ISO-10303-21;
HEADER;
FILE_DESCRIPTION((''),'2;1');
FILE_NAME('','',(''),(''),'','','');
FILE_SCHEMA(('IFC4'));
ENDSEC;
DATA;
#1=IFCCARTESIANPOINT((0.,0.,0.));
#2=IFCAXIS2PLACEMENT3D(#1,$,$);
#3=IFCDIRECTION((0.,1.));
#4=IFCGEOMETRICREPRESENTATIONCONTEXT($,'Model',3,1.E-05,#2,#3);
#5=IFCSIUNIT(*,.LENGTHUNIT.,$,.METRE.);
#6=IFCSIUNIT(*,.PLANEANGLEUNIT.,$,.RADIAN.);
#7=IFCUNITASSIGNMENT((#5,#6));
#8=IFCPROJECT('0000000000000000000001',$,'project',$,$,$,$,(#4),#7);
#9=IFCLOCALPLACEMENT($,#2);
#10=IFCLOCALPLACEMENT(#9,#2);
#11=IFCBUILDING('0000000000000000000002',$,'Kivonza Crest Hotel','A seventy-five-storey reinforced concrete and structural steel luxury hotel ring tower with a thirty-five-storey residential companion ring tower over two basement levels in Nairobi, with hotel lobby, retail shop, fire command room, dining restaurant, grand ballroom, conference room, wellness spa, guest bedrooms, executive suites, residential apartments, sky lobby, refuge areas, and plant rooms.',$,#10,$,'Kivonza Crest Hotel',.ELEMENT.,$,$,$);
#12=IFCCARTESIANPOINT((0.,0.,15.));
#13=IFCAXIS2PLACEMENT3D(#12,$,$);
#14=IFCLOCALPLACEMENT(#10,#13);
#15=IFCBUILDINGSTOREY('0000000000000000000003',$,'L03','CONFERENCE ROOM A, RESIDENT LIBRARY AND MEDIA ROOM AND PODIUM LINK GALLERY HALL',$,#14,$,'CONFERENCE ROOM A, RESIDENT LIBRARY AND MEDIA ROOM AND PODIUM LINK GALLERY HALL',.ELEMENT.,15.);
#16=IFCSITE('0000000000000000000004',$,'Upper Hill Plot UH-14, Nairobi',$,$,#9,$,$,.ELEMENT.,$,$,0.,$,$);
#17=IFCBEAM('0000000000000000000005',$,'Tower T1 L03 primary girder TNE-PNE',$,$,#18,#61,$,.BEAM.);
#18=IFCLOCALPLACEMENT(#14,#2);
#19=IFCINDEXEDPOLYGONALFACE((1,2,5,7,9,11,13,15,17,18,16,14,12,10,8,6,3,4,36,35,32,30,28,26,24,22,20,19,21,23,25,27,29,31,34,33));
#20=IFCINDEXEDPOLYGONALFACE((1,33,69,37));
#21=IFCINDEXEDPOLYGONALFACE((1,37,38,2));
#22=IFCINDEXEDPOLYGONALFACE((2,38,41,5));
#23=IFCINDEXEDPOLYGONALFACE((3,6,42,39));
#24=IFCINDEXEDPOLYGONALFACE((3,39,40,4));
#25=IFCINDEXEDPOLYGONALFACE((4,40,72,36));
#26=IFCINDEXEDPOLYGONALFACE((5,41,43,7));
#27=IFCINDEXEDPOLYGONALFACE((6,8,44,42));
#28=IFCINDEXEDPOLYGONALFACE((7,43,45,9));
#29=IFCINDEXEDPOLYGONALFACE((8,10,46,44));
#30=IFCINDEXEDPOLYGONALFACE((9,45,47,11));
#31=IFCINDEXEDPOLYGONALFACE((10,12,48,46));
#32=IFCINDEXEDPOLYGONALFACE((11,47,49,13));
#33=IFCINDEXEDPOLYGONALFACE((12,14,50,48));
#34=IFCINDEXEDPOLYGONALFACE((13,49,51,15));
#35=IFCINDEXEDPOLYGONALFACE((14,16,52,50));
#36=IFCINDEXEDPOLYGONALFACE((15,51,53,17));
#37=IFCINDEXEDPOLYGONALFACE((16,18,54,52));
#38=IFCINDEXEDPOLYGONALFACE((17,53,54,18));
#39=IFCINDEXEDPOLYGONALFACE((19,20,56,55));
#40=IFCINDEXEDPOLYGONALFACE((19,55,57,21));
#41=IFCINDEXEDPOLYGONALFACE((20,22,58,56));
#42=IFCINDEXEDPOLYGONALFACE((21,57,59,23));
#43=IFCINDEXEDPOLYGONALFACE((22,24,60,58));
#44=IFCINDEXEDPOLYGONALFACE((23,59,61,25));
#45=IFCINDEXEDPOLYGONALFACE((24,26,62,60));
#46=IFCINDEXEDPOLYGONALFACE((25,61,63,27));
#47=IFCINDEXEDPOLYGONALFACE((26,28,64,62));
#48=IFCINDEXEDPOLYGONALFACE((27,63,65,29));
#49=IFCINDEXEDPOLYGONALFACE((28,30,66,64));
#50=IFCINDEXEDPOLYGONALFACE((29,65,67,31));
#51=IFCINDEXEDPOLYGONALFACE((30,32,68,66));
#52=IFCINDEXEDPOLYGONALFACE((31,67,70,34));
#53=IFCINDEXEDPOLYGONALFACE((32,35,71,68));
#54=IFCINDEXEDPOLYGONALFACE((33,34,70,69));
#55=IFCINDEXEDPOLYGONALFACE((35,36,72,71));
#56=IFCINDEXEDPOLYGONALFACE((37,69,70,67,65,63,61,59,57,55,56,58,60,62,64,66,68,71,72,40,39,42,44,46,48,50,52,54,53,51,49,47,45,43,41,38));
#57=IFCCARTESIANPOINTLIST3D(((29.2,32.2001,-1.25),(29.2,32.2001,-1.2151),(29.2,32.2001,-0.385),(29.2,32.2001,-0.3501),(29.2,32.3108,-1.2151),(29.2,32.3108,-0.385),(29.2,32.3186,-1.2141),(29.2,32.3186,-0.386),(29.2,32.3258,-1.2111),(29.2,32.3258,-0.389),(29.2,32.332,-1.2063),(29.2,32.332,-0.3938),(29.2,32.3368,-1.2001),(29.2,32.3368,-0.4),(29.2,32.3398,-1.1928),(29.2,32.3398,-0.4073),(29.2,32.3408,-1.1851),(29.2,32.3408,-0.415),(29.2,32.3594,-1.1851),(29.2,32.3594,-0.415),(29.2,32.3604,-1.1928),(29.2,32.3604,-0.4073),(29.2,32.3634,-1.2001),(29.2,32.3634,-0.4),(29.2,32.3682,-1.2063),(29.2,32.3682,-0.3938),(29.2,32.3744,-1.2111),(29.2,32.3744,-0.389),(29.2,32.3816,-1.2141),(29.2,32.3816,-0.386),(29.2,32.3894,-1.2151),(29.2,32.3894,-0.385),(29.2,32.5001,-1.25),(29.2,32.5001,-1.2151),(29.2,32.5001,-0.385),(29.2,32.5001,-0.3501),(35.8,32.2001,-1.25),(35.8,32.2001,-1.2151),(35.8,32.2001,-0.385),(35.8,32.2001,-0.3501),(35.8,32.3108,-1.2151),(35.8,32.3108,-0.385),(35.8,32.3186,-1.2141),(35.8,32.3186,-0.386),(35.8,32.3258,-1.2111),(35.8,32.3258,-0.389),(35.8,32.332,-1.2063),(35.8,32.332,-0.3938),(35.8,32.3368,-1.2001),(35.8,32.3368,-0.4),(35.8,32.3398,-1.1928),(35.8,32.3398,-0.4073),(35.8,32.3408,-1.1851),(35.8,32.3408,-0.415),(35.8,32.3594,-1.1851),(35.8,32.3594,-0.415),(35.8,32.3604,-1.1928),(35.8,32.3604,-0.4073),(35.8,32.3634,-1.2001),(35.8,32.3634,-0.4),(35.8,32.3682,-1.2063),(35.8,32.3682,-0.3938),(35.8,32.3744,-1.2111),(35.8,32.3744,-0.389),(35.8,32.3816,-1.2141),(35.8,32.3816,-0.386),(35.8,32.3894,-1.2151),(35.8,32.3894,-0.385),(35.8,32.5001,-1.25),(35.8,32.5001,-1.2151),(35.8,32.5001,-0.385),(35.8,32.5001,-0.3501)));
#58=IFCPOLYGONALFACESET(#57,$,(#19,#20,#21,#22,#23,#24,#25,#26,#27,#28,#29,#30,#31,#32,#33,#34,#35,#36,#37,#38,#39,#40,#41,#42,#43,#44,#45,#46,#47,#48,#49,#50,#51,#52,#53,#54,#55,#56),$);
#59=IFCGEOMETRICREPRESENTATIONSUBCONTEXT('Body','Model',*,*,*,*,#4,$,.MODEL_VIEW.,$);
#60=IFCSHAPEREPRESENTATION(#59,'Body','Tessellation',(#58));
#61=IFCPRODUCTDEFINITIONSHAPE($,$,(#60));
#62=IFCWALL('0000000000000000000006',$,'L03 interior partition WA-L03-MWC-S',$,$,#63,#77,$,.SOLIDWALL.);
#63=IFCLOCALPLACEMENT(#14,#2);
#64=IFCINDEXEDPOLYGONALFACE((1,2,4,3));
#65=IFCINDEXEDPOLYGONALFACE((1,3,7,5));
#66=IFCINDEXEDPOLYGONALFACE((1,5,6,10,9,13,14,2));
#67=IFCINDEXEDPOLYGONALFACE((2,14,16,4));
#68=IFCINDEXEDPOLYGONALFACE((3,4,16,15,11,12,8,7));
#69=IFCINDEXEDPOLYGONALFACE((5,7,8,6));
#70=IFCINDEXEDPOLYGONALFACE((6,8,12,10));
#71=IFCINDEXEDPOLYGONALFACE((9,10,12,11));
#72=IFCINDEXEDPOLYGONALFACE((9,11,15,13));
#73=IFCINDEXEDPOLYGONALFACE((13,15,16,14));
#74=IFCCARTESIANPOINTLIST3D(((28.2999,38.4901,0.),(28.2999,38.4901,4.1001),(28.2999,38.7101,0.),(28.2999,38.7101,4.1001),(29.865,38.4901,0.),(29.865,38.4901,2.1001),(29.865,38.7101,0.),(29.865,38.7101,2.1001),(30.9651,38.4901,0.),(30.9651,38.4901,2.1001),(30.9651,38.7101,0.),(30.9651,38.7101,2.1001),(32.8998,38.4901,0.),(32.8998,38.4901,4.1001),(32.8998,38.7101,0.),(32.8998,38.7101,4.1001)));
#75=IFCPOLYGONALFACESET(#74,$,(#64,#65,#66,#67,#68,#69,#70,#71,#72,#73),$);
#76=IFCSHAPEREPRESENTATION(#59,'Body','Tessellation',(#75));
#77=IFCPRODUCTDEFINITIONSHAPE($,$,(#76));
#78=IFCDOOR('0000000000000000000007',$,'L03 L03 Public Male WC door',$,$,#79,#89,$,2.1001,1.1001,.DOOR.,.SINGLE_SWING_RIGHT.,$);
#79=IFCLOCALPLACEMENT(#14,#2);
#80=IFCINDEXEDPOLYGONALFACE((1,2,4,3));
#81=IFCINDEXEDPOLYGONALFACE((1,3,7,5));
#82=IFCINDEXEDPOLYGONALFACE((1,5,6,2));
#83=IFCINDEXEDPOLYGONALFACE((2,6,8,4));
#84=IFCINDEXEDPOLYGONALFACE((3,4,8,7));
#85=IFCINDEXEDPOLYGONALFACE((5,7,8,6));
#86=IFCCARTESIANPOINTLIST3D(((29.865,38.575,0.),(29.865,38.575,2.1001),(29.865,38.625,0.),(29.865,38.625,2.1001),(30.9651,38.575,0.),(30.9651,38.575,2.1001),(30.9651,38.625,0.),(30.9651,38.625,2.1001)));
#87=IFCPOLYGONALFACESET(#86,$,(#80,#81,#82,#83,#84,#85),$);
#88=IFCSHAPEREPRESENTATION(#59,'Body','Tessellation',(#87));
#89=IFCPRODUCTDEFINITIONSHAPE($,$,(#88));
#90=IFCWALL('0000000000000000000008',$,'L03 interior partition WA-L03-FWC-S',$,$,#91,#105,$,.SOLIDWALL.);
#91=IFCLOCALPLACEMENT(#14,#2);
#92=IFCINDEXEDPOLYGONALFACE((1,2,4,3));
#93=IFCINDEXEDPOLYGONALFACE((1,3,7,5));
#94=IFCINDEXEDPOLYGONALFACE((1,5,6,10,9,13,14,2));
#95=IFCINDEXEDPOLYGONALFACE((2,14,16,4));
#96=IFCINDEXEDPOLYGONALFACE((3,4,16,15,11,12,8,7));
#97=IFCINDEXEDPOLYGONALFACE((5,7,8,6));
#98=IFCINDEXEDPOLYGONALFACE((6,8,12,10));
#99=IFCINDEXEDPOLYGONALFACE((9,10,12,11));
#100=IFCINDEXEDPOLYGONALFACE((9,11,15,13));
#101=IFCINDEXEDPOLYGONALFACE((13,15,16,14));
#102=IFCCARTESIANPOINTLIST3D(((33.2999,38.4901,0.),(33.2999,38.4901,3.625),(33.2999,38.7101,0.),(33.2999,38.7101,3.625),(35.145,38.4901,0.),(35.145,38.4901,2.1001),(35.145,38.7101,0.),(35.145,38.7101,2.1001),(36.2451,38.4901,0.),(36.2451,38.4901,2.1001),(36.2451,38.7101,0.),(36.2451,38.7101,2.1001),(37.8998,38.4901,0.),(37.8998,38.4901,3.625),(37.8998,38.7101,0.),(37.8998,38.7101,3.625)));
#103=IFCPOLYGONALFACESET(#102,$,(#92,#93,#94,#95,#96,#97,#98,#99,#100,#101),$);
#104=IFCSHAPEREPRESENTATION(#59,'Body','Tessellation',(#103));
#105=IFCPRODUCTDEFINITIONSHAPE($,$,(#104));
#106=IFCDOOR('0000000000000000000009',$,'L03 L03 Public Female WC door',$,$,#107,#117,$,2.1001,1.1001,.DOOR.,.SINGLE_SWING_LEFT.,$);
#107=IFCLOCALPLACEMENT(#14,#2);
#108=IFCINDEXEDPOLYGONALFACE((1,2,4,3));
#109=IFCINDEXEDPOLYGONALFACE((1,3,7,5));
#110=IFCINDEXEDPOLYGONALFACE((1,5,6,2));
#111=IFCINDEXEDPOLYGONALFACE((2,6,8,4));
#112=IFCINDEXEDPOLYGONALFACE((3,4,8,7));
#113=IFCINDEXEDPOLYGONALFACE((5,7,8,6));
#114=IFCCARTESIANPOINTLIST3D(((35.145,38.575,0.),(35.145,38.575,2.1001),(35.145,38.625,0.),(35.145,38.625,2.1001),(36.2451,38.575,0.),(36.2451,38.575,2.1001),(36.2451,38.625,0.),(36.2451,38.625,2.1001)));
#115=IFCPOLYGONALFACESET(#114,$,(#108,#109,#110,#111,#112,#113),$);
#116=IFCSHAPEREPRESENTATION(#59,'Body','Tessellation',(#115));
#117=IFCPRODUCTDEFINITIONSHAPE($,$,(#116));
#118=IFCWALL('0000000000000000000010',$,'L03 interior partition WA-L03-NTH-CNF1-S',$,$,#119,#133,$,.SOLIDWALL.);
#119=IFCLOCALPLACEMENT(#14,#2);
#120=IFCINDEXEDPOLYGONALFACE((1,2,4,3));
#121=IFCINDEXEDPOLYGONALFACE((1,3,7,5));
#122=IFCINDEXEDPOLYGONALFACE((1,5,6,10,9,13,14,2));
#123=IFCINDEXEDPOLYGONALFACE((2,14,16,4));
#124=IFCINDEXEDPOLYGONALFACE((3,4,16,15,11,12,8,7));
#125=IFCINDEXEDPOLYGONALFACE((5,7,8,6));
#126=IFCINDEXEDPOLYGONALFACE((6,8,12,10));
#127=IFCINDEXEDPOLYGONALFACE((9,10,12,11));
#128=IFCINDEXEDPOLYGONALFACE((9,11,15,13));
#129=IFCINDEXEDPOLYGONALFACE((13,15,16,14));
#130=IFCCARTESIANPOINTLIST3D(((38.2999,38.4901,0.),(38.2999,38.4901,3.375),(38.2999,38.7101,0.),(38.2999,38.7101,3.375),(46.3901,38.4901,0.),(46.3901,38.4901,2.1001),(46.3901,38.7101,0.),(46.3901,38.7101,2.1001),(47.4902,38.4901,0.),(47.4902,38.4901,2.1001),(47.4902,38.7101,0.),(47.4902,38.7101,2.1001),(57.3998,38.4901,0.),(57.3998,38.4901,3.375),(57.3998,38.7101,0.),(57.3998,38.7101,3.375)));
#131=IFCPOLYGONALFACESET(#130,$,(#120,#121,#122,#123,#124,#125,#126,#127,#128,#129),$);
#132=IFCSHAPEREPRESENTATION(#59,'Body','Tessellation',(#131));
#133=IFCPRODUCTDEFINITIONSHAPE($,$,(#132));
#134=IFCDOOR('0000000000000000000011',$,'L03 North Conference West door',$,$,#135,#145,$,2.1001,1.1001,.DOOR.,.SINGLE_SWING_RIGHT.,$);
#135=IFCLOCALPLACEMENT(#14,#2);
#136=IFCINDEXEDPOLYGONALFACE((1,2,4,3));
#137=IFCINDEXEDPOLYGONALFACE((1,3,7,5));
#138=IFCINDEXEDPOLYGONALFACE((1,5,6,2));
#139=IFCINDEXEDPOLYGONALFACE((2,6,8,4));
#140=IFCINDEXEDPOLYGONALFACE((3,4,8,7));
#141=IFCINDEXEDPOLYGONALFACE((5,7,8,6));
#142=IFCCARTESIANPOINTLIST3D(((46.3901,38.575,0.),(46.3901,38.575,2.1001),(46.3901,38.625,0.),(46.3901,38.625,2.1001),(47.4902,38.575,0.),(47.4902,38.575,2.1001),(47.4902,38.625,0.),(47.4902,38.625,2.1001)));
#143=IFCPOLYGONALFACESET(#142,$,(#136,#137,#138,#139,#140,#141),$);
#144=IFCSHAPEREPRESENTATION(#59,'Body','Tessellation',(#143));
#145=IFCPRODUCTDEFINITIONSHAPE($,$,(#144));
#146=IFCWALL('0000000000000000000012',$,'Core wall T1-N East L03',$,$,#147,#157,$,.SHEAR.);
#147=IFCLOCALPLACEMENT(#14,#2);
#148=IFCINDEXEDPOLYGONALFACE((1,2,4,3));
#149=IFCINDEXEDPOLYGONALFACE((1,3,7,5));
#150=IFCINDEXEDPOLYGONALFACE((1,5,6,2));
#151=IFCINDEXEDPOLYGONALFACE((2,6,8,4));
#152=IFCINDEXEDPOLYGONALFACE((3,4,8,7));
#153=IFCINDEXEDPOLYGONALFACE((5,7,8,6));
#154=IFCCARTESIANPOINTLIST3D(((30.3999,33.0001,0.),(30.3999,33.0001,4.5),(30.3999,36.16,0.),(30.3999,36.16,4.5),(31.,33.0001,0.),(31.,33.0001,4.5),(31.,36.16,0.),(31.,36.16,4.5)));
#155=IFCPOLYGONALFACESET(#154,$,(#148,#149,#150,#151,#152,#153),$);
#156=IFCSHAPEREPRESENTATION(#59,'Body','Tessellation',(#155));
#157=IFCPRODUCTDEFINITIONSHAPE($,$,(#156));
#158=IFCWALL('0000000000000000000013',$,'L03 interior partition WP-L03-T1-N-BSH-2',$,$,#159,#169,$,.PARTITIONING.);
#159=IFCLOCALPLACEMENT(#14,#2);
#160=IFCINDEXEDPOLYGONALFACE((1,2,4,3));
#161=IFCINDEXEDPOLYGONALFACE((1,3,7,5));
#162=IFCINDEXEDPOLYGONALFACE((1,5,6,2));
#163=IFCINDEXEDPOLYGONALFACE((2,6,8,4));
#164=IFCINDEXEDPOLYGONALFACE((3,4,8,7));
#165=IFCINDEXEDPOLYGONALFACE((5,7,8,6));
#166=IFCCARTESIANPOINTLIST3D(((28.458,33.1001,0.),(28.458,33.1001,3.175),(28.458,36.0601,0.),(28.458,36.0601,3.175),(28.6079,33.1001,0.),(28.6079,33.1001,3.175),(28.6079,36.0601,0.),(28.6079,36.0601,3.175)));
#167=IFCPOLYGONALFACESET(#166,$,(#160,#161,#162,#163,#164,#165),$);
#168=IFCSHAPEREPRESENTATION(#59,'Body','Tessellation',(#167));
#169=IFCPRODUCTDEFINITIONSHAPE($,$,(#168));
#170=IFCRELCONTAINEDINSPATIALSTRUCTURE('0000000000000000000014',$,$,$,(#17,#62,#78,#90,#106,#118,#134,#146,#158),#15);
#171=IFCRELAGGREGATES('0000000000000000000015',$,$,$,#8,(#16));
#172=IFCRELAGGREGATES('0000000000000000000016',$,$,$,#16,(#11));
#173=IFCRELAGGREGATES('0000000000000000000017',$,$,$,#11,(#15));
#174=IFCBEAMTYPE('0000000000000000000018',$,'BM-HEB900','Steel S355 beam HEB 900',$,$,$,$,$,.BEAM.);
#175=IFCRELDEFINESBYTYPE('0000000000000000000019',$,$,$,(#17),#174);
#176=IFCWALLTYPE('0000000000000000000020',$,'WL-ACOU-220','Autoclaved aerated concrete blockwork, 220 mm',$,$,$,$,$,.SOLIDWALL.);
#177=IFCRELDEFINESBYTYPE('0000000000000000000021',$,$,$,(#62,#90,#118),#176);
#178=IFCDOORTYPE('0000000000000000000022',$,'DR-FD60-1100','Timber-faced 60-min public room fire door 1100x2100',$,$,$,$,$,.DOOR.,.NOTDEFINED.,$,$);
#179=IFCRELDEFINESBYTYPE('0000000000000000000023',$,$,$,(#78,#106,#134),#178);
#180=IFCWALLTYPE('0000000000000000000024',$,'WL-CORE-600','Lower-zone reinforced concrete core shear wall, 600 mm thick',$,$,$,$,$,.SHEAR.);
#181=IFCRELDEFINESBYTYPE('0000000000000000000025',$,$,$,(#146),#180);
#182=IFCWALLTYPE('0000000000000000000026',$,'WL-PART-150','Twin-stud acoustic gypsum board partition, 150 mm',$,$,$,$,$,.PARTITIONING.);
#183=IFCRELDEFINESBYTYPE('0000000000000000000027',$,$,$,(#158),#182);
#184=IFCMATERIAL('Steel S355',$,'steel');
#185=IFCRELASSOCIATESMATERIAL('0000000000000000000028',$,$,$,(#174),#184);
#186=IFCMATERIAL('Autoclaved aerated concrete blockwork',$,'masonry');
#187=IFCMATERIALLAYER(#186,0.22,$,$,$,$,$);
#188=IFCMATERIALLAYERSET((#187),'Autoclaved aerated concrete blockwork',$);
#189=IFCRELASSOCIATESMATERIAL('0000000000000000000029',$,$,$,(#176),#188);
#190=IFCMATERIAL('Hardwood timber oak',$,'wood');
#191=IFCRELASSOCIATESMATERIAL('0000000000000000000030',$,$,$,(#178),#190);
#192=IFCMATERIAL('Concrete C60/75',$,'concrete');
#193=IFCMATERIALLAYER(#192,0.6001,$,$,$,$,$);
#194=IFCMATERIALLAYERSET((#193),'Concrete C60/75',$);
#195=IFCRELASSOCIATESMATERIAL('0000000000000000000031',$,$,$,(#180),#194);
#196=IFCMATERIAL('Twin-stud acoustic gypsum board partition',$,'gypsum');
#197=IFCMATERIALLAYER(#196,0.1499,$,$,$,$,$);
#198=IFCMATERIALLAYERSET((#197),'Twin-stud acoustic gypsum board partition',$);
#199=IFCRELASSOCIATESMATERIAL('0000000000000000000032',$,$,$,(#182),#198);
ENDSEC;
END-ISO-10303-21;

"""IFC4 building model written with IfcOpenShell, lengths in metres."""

from ifc_helpers import new_model, si_unit, direction, frame, frame_2d, origin, origin_2d, place, context, subcontext, project, spatial, rectangle, i_section, extrude, material, layer, layer_set, material_profile, profile_set, type_object, element, fill, save


model = new_model("IFC4")

# Units and contexts
model_context = context("Model", 3, precision=1e-05, world=origin(), true_north=direction((0.0, 1.0)))
body_context = subcontext(model_context, "Body", "Model", "MODEL_VIEW")
ifc_project = project(units=[si_unit("LENGTHUNIT", "METRE"), si_unit("PLANEANGLEUNIT", "RADIAN")], contexts=[model_context])

# Site, building, storey
site_placement = place(None, origin())
site = spatial("IfcSite", under=ifc_project, at=site_placement, Name="Upper Hill Plot UH-14, Nairobi", CompositionType="ELEMENT", RefElevation=0.0)
building_placement = place(site_placement, origin())
building = spatial("IfcBuilding", under=site, at=building_placement, Name="Kivonza Crest Hotel", Description="A seventy-five-storey reinforced concrete and structural steel luxury hotel ring tower with a thirty-five-storey residential companion ring tower over two basement levels in Nairobi, with hotel lobby, retail shop, fire command room, dining restaurant, grand ballroom, conference room, wellness spa, guest bedrooms, executive suites, residential apartments, sky lobby, refuge areas, and plant rooms.", LongName="Kivonza Crest Hotel", CompositionType="ELEMENT")
storey_placement = place(building_placement, frame((0.0, 0.0, 15.0)))
storey = spatial("IfcBuildingStorey", under=building, at=storey_placement, Name="L03", Description="CONFERENCE ROOM A, RESIDENT LIBRARY AND MEDIA ROOM AND PODIUM LINK GALLERY HALL", LongName="CONFERENCE ROOM A, RESIDENT LIBRARY AND MEDIA ROOM AND PODIUM LINK GALLERY HALL", CompositionType="ELEMENT", Elevation=15.0)

# Shared definitions
ifc_material_1 = material(Name="Concrete C60/75", Category="concrete")

# Beam
ifc_material_2 = material(Name="Steel S355", Category="steel")
ifc_material_profile_1 = material_profile(ifc_material_2, i_section(OverallWidth=0.3, OverallDepth=0.8999, WebThickness=0.0186, FlangeThickness=0.0349, FilletRadius=0.03, at=origin_2d()), Name="HEB 900")
ifc_profile_set_1 = profile_set([ifc_material_profile_1], Name="Steel S355")
beam_type_1 = type_object("IfcBeamType", Name="BM-HEB900", Description="Steel S355 beam HEB 900", PredefinedType="BEAM", material=ifc_profile_set_1)
beam_1_placement = place(storey_placement, frame((29.2, 32.3501, -0.8), z_axis=(1.0, 0.0, 0.0), x_axis=(0.0, 1.0, 0.0)))
element("IfcBeam", 1, at=beam_1_placement, inside=storey, type_object=beam_type_1, Name="Tower T1 L03 primary girder TNE-PNE", PredefinedType="BEAM", context=body_context, shape_type="SweptSolid", body=[
    extrude(i_section(OverallWidth=0.3, OverallDepth=0.8999, WebThickness=0.0186, FlangeThickness=0.0349, FilletRadius=0.03, at=origin_2d()), origin(), (0.0, 0.0, 1.0), 6.6001),
])

# Walls, openings, doors
ifc_material_3 = material(Name="Autoclaved aerated concrete blockwork", Category="masonry")
ifc_layer_1 = layer(ifc_material_3, 0.22)
ifc_layer_set_1 = layer_set([ifc_layer_1], Name="Autoclaved aerated concrete blockwork")
wall_type_1 = type_object("IfcWallType", Name="WL-ACOU-220", Description="Autoclaved aerated concrete blockwork, 220 mm", PredefinedType="SOLIDWALL", material=ifc_layer_set_1)
wall_1_placement = place(storey_placement, frame((28.3, 38.6001, 0.0), z_axis=(0.0, 0.0, 1.0), x_axis=(1.0, 0.0, 0.0)))
wall_1 = element("IfcWall", 2, at=wall_1_placement, inside=storey, type_object=wall_type_1, Name="L03 interior partition WA-L03-MWC-S", PredefinedType="SOLIDWALL", context=body_context, shape_type="SweptSolid", body=[
    extrude(rectangle(XDim=4.5999, YDim=0.22, at=frame_2d((2.2998, 0.0))), origin(), (0.0, 0.0, 1.0), 4.1001),
])
opening_1_placement = place(wall_1_placement, frame((1.5649, 0.0, 0.0)))
opening_1 = element("IfcOpeningElement", 3, at=opening_1_placement, cuts=wall_1, PredefinedType="OPENING", context=body_context, shape_type="SweptSolid", body=[
    extrude(rectangle(XDim=1.1001, YDim=2.1001, at=frame_2d((0.55, 1.05))), frame((0.0, 0.1201, 0.0), z_axis=(0.0, -1.0, 0.0), x_axis=(1.0, 0.0, 0.0)), (0.0, 0.0, 1.0), 0.24),
])
ifc_material_4 = material(Name="Hardwood timber oak", Category="wood")
door_type = type_object("IfcDoorType", Name="DR-FD60-1100", Description="Timber-faced 60-min public room fire door 1100x2100", OperationType="NOTDEFINED", PredefinedType="DOOR", material=ifc_material_4)
door_1_placement = place(opening_1_placement, origin())
door_1 = element("IfcDoor", 4, at=door_1_placement, inside=storey, type_object=door_type, Name="L03 L03 Public Male WC door", OperationType="SINGLE_SWING_RIGHT", OverallHeight=2.1001, OverallWidth=1.1001, PredefinedType="DOOR", context=body_context, shape_type="SweptSolid", body=[
    extrude(rectangle(XDim=1.1001, YDim=2.1001, at=frame_2d((0.55, 1.05))), frame((0.0, 0.0249, 0.0), z_axis=(0.0, -1.0, 0.0), x_axis=(1.0, 0.0, 0.0)), (0.0, 0.0, 1.0), 0.05),
])
fill(opening_1, door_1)
wall_2_placement = place(storey_placement, frame((33.3, 38.6001, 0.0), z_axis=(0.0, 0.0, 1.0), x_axis=(1.0, 0.0, 0.0)))
wall_2 = element("IfcWall", 5, at=wall_2_placement, inside=storey, type_object=wall_type_1, Name="L03 interior partition WA-L03-FWC-S", PredefinedType="SOLIDWALL", context=body_context, shape_type="SweptSolid", body=[
    extrude(rectangle(XDim=4.5999, YDim=0.22, at=frame_2d((2.2998, 0.0))), origin(), (0.0, 0.0, 1.0), 3.625),
])
opening_2_placement = place(wall_2_placement, frame((1.845, 0.0, 0.0)))
opening_2 = element("IfcOpeningElement", 6, at=opening_2_placement, cuts=wall_2, PredefinedType="OPENING", context=body_context, shape_type="SweptSolid", body=[
    extrude(rectangle(XDim=1.1001, YDim=2.1001, at=frame_2d((0.55, 1.05))), frame((0.0, 0.1201, 0.0), z_axis=(0.0, -1.0, 0.0), x_axis=(1.0, 0.0, 0.0)), (0.0, 0.0, 1.0), 0.24),
])
door_2_placement = place(opening_2_placement, origin())
door_2 = element("IfcDoor", 7, at=door_2_placement, inside=storey, type_object=door_type, Name="L03 L03 Public Female WC door", OperationType="SINGLE_SWING_LEFT", OverallHeight=2.1001, OverallWidth=1.1001, PredefinedType="DOOR", context=body_context, shape_type="SweptSolid", body=[
    extrude(rectangle(XDim=1.1001, YDim=2.1001, at=frame_2d((0.55, 1.05))), frame((0.0, 0.0249, 0.0), z_axis=(0.0, -1.0, 0.0), x_axis=(1.0, 0.0, 0.0)), (0.0, 0.0, 1.0), 0.05),
])
fill(opening_2, door_2)
wall_3_placement = place(storey_placement, frame((38.3, 38.6001, 0.0), z_axis=(0.0, 0.0, 1.0), x_axis=(1.0, 0.0, 0.0)))
wall_3 = element("IfcWall", 8, at=wall_3_placement, inside=storey, type_object=wall_type_1, Name="L03 interior partition WA-L03-NTH-CNF1-S", PredefinedType="SOLIDWALL", context=body_context, shape_type="SweptSolid", body=[
    extrude(rectangle(XDim=19.0999, YDim=0.22, at=frame_2d((9.5498, 0.0))), origin(), (0.0, 0.0, 1.0), 3.375),
])
opening_3_placement = place(wall_3_placement, frame((8.0901, 0.0, 0.0)))
opening_3 = element("IfcOpeningElement", 9, at=opening_3_placement, cuts=wall_3, PredefinedType="OPENING", context=body_context, shape_type="SweptSolid", body=[
    extrude(rectangle(XDim=1.1001, YDim=2.1001, at=frame_2d((0.55, 1.05))), frame((0.0, 0.1201, 0.0), z_axis=(0.0, -1.0, 0.0), x_axis=(1.0, 0.0, 0.0)), (0.0, 0.0, 1.0), 0.24),
])
door_3_placement = place(opening_3_placement, origin())
door_3 = element("IfcDoor", 10, at=door_3_placement, inside=storey, type_object=door_type, Name="L03 North Conference West door", OperationType="SINGLE_SWING_RIGHT", OverallHeight=2.1001, OverallWidth=1.1001, PredefinedType="DOOR", context=body_context, shape_type="SweptSolid", body=[
    extrude(rectangle(XDim=1.1001, YDim=2.1001, at=frame_2d((0.55, 1.05))), frame((0.0, 0.0249, 0.0), z_axis=(0.0, -1.0, 0.0), x_axis=(1.0, 0.0, 0.0)), (0.0, 0.0, 1.0), 0.05),
])
fill(opening_3, door_3)

# Walls
ifc_layer_2 = layer(ifc_material_1, 0.6001)
ifc_layer_set_2 = layer_set([ifc_layer_2], Name="Concrete C60/75")
wall_type_2 = type_object("IfcWallType", Name="WL-CORE-600", Description="Lower-zone reinforced concrete core shear wall, 600 mm thick", PredefinedType="SHEAR", material=ifc_layer_set_2)
wall_4_placement = place(storey_placement, frame((30.7, 33.0, 0.0), z_axis=(0.0, 0.0, 1.0), x_axis=(0.0, 1.0, 0.0)))
element("IfcWall", 11, at=wall_4_placement, inside=storey, type_object=wall_type_2, Name="Core wall T1-N East L03", PredefinedType="SHEAR", context=body_context, shape_type="SweptSolid", body=[
    extrude(rectangle(XDim=3.1599, YDim=0.6001, at=frame_2d((1.5801, 0.0))), origin(), (0.0, 0.0, 1.0), 4.5),
])
ifc_material_5 = material(Name="Twin-stud acoustic gypsum board partition", Category="gypsum")
ifc_layer_3 = layer(ifc_material_5, 0.1499)
ifc_layer_set_3 = layer_set([ifc_layer_3], Name="Twin-stud acoustic gypsum board partition")
wall_type_3 = type_object("IfcWallType", Name="WL-PART-150", Description="Twin-stud acoustic gypsum board partition, 150 mm", PredefinedType="PARTITIONING", material=ifc_layer_set_3)
wall_5_placement = place(storey_placement, frame((28.533, 33.1001, 0.0), z_axis=(0.0, 0.0, 1.0), x_axis=(0.0, 1.0, 0.0)))
element("IfcWall", 12, at=wall_5_placement, inside=storey, type_object=wall_type_3, Name="L03 interior partition WP-L03-T1-N-BSH-2", PredefinedType="PARTITIONING", context=body_context, shape_type="SweptSolid", body=[
    extrude(rectangle(XDim=2.96, YDim=0.1499, at=frame_2d((1.48, 0.0))), origin(), (0.0, 0.0, 1.0), 3.175),
])

save(model, "model.ifc")
